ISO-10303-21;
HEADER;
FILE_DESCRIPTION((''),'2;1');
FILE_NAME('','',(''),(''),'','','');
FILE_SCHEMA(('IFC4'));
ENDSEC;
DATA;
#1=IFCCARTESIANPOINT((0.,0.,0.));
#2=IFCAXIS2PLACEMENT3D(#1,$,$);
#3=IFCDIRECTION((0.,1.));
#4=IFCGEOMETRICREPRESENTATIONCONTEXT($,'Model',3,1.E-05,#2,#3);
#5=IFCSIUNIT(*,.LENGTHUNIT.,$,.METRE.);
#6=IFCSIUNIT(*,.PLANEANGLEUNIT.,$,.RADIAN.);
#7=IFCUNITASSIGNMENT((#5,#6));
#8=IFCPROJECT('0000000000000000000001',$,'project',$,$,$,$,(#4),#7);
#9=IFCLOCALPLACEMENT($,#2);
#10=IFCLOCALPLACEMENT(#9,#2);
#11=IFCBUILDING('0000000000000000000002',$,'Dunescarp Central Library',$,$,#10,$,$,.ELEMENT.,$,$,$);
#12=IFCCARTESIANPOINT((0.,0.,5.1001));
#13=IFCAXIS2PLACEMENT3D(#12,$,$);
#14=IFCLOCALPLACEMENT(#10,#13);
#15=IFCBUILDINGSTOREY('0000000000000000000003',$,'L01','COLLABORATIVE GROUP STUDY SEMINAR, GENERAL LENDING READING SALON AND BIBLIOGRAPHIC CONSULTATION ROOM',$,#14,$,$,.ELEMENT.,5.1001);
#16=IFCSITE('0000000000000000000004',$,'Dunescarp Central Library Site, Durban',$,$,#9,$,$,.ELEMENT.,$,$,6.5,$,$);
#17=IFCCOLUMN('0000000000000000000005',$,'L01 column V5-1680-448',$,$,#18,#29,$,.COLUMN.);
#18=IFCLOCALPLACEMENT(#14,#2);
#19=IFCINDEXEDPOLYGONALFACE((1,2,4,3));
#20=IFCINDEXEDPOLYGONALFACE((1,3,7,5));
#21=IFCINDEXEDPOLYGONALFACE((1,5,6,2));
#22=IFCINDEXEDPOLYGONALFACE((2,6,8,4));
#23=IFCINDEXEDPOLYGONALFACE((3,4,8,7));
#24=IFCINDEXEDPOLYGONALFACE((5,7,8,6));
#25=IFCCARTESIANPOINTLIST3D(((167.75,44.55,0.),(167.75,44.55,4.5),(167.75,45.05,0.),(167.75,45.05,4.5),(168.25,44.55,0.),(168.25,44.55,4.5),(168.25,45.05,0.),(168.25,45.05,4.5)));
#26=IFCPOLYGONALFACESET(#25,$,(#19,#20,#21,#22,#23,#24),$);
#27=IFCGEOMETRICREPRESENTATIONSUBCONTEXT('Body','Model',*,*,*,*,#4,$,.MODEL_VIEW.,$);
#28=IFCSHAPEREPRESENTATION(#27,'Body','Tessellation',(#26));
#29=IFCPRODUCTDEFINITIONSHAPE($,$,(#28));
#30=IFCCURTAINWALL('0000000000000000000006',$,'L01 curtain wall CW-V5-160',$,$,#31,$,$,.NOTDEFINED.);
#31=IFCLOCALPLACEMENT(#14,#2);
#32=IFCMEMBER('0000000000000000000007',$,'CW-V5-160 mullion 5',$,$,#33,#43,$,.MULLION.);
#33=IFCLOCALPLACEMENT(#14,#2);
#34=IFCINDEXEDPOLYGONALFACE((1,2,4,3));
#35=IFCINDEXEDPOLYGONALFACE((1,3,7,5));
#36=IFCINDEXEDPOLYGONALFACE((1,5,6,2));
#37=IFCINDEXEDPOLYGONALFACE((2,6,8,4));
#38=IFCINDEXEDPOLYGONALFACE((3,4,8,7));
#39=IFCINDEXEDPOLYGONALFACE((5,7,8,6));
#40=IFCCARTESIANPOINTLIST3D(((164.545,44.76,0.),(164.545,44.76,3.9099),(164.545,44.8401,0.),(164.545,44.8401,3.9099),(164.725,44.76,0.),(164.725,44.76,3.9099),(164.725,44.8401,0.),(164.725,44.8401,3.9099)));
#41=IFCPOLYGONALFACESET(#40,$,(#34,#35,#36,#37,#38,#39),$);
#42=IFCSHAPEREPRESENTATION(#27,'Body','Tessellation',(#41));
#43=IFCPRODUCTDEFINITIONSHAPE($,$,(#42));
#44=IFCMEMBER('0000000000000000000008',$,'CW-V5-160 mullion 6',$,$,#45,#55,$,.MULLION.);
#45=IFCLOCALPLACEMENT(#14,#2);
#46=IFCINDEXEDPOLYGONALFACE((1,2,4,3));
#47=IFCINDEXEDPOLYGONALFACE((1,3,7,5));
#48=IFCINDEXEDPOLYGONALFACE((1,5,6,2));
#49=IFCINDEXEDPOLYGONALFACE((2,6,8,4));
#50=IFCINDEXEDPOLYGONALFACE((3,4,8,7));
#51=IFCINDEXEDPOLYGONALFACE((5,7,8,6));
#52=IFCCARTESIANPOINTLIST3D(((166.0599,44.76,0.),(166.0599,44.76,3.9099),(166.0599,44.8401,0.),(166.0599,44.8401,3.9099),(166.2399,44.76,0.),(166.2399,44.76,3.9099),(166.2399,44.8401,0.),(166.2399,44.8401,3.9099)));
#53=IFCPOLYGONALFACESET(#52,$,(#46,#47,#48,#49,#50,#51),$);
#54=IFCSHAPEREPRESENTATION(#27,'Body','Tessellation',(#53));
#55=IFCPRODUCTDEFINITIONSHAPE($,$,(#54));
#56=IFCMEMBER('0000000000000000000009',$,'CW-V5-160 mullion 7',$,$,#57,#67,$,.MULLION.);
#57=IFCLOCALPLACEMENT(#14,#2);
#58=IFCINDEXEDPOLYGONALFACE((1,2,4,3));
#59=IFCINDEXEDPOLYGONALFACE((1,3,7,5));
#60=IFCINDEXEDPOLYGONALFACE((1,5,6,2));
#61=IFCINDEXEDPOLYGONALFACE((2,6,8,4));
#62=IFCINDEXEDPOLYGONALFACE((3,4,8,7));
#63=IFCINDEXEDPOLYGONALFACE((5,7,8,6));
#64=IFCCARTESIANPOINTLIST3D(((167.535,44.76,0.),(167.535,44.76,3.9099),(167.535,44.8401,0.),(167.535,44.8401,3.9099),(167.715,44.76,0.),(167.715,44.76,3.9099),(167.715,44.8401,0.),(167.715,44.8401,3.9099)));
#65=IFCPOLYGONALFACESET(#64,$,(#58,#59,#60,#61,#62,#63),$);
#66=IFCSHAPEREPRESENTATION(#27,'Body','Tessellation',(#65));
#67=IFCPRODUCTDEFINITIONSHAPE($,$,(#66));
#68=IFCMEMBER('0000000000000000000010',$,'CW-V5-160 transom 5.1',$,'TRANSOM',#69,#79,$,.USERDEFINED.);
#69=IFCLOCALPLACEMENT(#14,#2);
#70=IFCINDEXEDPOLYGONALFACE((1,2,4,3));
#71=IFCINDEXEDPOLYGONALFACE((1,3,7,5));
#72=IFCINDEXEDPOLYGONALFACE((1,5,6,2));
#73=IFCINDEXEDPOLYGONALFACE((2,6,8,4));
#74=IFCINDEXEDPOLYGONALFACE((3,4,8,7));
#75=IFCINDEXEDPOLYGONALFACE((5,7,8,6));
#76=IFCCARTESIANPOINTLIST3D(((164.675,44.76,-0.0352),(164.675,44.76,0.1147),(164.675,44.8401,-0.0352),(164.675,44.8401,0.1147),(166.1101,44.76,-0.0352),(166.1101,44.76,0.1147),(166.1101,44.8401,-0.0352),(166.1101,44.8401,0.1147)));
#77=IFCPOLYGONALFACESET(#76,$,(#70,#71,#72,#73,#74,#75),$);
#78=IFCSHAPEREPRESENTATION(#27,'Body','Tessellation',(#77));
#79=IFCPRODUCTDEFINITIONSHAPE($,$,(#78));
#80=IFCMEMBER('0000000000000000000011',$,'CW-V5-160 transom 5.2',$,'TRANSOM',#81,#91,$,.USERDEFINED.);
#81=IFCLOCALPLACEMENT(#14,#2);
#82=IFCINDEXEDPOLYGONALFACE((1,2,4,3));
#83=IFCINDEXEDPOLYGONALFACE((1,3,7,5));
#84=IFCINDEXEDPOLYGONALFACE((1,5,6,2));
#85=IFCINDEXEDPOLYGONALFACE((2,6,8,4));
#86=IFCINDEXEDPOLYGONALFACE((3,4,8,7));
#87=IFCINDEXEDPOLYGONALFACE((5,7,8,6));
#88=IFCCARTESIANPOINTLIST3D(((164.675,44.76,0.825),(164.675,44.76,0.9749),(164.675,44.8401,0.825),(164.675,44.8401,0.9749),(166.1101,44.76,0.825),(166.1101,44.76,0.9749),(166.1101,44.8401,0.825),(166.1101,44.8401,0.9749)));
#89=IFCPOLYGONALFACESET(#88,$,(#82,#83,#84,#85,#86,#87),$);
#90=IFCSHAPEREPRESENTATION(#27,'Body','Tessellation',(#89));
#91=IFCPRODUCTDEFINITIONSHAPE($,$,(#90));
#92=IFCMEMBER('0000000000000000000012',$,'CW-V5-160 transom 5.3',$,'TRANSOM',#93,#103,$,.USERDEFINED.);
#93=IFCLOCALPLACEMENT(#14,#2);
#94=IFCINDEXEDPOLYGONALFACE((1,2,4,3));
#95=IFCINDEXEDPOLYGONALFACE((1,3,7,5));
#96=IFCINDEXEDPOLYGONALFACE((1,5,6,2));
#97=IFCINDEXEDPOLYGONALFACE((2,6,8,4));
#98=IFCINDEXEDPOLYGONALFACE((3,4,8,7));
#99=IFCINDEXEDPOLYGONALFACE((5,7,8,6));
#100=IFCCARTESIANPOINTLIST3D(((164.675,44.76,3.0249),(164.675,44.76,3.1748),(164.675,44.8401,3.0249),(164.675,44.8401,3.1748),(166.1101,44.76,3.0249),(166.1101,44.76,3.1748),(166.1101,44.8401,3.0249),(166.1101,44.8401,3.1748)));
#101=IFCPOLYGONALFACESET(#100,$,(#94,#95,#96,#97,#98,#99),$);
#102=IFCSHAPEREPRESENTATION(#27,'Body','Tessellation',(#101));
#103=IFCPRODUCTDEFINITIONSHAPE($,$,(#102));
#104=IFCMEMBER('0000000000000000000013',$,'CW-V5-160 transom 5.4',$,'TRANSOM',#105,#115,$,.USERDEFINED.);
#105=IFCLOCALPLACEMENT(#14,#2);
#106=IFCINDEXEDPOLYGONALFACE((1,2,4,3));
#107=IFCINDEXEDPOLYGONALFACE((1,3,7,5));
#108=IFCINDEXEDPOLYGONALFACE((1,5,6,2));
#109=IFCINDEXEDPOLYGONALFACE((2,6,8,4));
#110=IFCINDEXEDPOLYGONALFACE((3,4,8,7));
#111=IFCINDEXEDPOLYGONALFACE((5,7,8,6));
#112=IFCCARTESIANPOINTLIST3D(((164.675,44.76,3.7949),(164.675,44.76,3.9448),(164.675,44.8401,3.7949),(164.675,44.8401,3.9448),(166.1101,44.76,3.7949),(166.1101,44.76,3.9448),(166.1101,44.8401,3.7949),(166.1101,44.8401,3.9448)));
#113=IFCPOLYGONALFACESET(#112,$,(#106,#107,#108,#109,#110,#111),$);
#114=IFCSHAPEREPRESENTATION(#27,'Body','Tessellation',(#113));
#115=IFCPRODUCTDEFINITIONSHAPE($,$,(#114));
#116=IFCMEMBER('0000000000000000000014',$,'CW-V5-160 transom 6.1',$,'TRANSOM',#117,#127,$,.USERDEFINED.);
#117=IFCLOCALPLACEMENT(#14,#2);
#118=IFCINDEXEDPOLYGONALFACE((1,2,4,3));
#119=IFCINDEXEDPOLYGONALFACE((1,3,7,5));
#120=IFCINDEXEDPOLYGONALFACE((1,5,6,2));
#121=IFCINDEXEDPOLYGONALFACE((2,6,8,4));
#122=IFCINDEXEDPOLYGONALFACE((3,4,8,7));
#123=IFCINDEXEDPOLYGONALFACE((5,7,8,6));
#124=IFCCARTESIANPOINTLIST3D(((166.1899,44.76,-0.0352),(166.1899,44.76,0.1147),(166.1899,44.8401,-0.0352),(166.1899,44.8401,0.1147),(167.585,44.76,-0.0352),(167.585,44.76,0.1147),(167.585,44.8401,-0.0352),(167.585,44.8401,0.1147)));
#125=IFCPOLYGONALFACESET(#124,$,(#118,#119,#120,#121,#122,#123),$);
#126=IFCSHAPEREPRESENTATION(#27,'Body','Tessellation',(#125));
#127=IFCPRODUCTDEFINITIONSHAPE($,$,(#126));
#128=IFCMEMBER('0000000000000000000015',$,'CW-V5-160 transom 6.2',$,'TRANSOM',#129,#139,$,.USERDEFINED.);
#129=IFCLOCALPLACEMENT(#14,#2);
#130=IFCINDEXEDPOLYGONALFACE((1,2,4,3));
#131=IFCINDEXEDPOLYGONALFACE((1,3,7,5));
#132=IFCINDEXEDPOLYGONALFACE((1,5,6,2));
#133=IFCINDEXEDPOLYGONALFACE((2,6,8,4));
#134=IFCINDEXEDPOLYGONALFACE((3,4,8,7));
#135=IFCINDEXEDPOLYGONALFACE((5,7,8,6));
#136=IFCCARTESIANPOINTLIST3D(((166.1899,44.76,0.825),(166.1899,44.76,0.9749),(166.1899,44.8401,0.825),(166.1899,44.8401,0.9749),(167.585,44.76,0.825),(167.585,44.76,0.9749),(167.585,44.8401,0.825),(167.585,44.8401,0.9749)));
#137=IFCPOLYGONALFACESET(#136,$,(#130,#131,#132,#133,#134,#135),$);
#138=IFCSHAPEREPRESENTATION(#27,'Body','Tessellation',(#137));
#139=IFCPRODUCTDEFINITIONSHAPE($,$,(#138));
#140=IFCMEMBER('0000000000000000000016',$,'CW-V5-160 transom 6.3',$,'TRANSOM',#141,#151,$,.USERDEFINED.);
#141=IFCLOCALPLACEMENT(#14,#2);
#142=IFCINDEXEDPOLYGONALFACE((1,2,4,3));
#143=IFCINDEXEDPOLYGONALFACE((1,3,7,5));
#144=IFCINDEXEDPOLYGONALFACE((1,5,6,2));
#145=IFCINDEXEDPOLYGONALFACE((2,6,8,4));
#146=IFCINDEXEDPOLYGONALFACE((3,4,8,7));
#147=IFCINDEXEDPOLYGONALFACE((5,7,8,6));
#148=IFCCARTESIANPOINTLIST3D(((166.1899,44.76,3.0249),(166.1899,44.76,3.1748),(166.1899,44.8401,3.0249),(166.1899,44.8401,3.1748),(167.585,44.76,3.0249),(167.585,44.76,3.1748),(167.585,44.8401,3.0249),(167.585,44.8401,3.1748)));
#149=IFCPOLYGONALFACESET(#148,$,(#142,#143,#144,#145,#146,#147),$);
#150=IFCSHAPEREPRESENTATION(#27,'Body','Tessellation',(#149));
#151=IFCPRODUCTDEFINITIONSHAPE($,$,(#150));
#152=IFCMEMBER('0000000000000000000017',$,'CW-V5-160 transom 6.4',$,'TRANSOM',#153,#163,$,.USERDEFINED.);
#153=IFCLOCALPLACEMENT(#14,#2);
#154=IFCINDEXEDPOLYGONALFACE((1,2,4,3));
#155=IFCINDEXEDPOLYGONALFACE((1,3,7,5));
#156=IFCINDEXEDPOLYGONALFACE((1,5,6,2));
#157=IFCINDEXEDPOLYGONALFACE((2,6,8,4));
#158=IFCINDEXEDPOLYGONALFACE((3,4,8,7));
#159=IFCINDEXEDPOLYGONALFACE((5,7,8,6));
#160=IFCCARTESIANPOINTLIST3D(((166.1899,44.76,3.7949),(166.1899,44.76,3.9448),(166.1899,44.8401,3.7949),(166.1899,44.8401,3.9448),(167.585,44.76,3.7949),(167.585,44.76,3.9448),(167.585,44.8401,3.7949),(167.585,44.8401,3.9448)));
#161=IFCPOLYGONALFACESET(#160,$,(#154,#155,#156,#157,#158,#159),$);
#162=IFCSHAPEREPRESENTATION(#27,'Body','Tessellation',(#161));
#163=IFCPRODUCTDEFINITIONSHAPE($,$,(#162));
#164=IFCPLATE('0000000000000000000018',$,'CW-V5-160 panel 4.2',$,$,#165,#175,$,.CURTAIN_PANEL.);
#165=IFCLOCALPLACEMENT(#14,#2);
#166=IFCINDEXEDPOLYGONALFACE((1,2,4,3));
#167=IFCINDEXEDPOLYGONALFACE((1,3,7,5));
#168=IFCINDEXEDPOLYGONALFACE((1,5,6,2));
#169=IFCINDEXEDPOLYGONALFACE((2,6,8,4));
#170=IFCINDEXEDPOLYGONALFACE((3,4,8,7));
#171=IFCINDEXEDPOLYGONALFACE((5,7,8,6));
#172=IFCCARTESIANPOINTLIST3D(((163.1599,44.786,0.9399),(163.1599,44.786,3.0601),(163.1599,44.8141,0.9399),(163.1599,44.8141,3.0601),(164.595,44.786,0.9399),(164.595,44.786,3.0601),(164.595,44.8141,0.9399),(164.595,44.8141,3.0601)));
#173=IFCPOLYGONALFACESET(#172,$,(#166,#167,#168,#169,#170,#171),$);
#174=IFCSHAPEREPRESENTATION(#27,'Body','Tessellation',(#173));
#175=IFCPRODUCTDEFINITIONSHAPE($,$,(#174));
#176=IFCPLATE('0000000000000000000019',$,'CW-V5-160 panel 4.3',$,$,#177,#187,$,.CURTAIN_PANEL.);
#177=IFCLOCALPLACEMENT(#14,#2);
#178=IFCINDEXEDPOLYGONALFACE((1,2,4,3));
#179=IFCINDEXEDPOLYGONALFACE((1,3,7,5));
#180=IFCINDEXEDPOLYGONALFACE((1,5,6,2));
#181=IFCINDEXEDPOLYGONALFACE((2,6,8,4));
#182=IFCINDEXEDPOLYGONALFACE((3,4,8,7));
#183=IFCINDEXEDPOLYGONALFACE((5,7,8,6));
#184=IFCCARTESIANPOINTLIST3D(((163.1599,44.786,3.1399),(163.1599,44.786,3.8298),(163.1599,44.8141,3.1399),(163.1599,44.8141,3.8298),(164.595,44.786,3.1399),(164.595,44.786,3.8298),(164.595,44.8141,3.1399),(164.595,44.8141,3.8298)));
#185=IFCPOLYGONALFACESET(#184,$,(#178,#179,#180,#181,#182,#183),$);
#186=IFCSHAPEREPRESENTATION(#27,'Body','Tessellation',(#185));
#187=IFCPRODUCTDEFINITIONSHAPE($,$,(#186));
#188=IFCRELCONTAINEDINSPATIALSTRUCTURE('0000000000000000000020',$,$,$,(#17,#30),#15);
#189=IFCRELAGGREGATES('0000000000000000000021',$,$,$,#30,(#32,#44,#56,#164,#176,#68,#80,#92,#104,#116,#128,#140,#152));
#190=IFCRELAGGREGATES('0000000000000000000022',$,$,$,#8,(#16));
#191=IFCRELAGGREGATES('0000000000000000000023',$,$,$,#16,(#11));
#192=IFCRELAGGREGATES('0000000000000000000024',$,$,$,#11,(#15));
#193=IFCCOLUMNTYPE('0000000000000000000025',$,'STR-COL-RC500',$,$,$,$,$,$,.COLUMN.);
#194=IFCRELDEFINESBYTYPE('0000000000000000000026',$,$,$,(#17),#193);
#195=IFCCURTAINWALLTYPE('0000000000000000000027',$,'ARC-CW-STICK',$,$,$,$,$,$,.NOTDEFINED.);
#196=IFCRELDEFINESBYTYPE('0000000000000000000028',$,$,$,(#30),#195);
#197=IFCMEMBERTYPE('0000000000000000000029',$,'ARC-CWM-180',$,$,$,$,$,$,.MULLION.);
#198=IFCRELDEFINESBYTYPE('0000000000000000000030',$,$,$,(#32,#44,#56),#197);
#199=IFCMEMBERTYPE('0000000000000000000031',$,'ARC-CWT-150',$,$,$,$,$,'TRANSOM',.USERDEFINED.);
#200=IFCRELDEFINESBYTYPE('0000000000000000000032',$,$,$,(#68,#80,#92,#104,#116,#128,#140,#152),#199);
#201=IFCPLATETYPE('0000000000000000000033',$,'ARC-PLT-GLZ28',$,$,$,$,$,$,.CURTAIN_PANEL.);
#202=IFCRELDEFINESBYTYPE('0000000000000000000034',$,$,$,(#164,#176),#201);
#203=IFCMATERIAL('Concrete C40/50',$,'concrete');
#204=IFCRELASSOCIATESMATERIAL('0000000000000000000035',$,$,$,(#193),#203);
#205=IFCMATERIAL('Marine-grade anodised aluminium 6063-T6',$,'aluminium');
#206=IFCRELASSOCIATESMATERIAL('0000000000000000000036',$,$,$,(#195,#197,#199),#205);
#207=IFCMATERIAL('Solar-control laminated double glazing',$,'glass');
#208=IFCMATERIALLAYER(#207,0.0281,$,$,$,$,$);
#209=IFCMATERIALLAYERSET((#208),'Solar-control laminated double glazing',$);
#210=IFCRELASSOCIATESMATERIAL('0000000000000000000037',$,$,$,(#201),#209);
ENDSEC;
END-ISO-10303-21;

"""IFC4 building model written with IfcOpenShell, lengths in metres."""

from ifc_helpers import new_model, si_unit, direction, frame, origin, origin_2d, place, context, subcontext, project, spatial, rectangle, extrude, material, layer, layer_set, material_profile, profile_set, type_object, element, aggregate, save


model = new_model("IFC4")

# Units and contexts
model_context = context("Model", 3, precision=1e-05, world=origin(), true_north=direction((0.0, 1.0)))
body_context = subcontext(model_context, "Body", "Model", "MODEL_VIEW")
ifc_project = project(units=[si_unit("LENGTHUNIT", "METRE"), si_unit("PLANEANGLEUNIT", "RADIAN")], contexts=[model_context])

# Site, building, storey
site_placement = place(None, origin())
site = spatial("IfcSite", under=ifc_project, at=site_placement, Name="Dunescarp Central Library Site, Durban", CompositionType="ELEMENT", RefElevation=6.5)
building_placement = place(site_placement, origin())
building = spatial("IfcBuilding", under=site, at=building_placement, Name="Dunescarp Central Library", CompositionType="ELEMENT")
storey_placement = place(building_placement, frame((0.0, 0.0, 5.1001)))
storey = spatial("IfcBuildingStorey", under=building, at=storey_placement, Name="L01", Description="COLLABORATIVE GROUP STUDY SEMINAR, GENERAL LENDING READING SALON AND BIBLIOGRAPHIC CONSULTATION ROOM", CompositionType="ELEMENT", Elevation=5.1001)

# Column
ifc_material_1 = material(Name="Concrete C40/50", Category="concrete")
ifc_material_profile_1 = material_profile(ifc_material_1, rectangle(XDim=0.5, YDim=0.5, at=origin_2d()), Name="RC 500x500")
ifc_profile_set_1 = profile_set([ifc_material_profile_1], Name="Concrete C40/50")
column_type = type_object("IfcColumnType", Name="STR-COL-RC500", PredefinedType="COLUMN", material=ifc_profile_set_1)
column_placement = place(storey_placement, frame((168.0, 44.8, 0.0), z_axis=(0.0, 0.0, 1.0), x_axis=(1.0, 0.0, 0.0)))
element("IfcColumn", 1, at=column_placement, inside=storey, type_object=column_type, Name="L01 column V5-1680-448", PredefinedType="COLUMN", context=body_context, shape_type="SweptSolid", body=[
    extrude(rectangle(XDim=0.5, YDim=0.5, at=origin_2d()), origin(), (0.0, 0.0, 1.0), 4.5),
])

# Curtain wall, members, plates
ifc_material_2 = material(Name="Marine-grade anodised aluminium 6063-T6", Category="aluminium")
curtain_wall_type = type_object("IfcCurtainWallType", Name="ARC-CW-STICK", PredefinedType="NOTDEFINED", material=ifc_material_2)
curtain_wall_placement = place(storey_placement, origin())
curtain_wall = element("IfcCurtainWall", 2, at=curtain_wall_placement, inside=storey, type_object=curtain_wall_type, Name="L01 curtain wall CW-V5-160", PredefinedType="NOTDEFINED")
ifc_material_profile_2 = material_profile(ifc_material_2, rectangle(XDim=0.0801, YDim=0.1799, at=origin_2d()), Name="AL 80x180")
ifc_profile_set_2 = profile_set([ifc_material_profile_2], Name="Marine-grade anodised aluminium 6063-T6")
member_type_1 = type_object("IfcMemberType", Name="ARC-CWM-180", PredefinedType="MULLION", material=ifc_profile_set_2)
member_1_placement = place(storey_placement, frame((164.635, 44.8, 0.0), z_axis=(0.0, 0.0, 1.0), x_axis=(0.0, 1.0, 0.0)))
member_1 = element("IfcMember", 3, at=member_1_placement, type_object=member_type_1, Name="CW-V5-160 mullion 5", PredefinedType="MULLION", context=body_context, shape_type="SweptSolid", body=[
    extrude(rectangle(XDim=0.0801, YDim=0.1799, at=origin_2d()), origin(), (0.0, 0.0, 1.0), 3.9099),
])
member_2_placement = place(storey_placement, frame((166.1499, 44.8, 0.0), z_axis=(0.0, 0.0, 1.0), x_axis=(0.0, 1.0, 0.0)))
member_2 = element("IfcMember", 4, at=member_2_placement, type_object=member_type_1, Name="CW-V5-160 mullion 6", PredefinedType="MULLION", context=body_context, shape_type="SweptSolid", body=[
    extrude(rectangle(XDim=0.0801, YDim=0.1799, at=origin_2d()), origin(), (0.0, 0.0, 1.0), 3.9099),
])
member_3_placement = place(storey_placement, frame((167.625, 44.8, 0.0), z_axis=(0.0, 0.0, 1.0), x_axis=(0.0, 1.0, 0.0)))
member_3 = element("IfcMember", 5, at=member_3_placement, type_object=member_type_1, Name="CW-V5-160 mullion 7", PredefinedType="MULLION", context=body_context, shape_type="SweptSolid", body=[
    extrude(rectangle(XDim=0.0801, YDim=0.1799, at=origin_2d()), origin(), (0.0, 0.0, 1.0), 3.9099),
])
ifc_material_profile_3 = material_profile(ifc_material_2, rectangle(XDim=0.0801, YDim=0.1499, at=origin_2d()), Name="AL 80x150")
ifc_profile_set_3 = profile_set([ifc_material_profile_3], Name="Marine-grade anodised aluminium 6063-T6")
member_type_2 = type_object("IfcMemberType", Name="ARC-CWT-150", ElementType="TRANSOM", PredefinedType="USERDEFINED", material=ifc_profile_set_3)
member_4_placement = place(storey_placement, frame((164.675, 44.8, 0.0398), z_axis=(1.0, 0.0, 0.0), x_axis=(0.0, 1.0, 0.0)))
member_4 = element("IfcMember", 6, at=member_4_placement, type_object=member_type_2, Name="CW-V5-160 transom 5.1", ObjectType="TRANSOM", PredefinedType="USERDEFINED", context=body_context, shape_type="SweptSolid", body=[
    extrude(rectangle(XDim=0.0801, YDim=0.1499, at=origin_2d()), origin(), (0.0, 0.0, 1.0), 1.4351),
])
member_5_placement = place(storey_placement, frame((164.675, 44.8, 0.8999), z_axis=(1.0, 0.0, 0.0), x_axis=(0.0, 1.0, 0.0)))
member_5 = element("IfcMember", 7, at=member_5_placement, type_object=member_type_2, Name="CW-V5-160 transom 5.2", ObjectType="TRANSOM", PredefinedType="USERDEFINED", context=body_context, shape_type="SweptSolid", body=[
    extrude(rectangle(XDim=0.0801, YDim=0.1499, at=origin_2d()), origin(), (0.0, 0.0, 1.0), 1.4351),
])
member_6_placement = place(storey_placement, frame((164.675, 44.8, 3.0999), z_axis=(1.0, 0.0, 0.0), x_axis=(0.0, 1.0, 0.0)))
member_6 = element("IfcMember", 8, at=member_6_placement, type_object=member_type_2, Name="CW-V5-160 transom 5.3", ObjectType="TRANSOM", PredefinedType="USERDEFINED", context=body_context, shape_type="SweptSolid", body=[
    extrude(rectangle(XDim=0.0801, YDim=0.1499, at=origin_2d()), origin(), (0.0, 0.0, 1.0), 1.4351),
])
member_7_placement = place(storey_placement, frame((164.675, 44.8, 3.8699), z_axis=(1.0, 0.0, 0.0), x_axis=(0.0, 1.0, 0.0)))
member_7 = element("IfcMember", 9, at=member_7_placement, type_object=member_type_2, Name="CW-V5-160 transom 5.4", ObjectType="TRANSOM", PredefinedType="USERDEFINED", context=body_context, shape_type="SweptSolid", body=[
    extrude(rectangle(XDim=0.0801, YDim=0.1499, at=origin_2d()), origin(), (0.0, 0.0, 1.0), 1.4351),
])
member_8_placement = place(storey_placement, frame((166.1899, 44.8, 0.0398), z_axis=(1.0, 0.0, 0.0), x_axis=(0.0, 1.0, 0.0)))
member_8 = element("IfcMember", 10, at=member_8_placement, type_object=member_type_2, Name="CW-V5-160 transom 6.1", ObjectType="TRANSOM", PredefinedType="USERDEFINED", context=body_context, shape_type="SweptSolid", body=[
    extrude(rectangle(XDim=0.0801, YDim=0.1499, at=origin_2d()), origin(), (0.0, 0.0, 1.0), 1.395),
])
member_9_placement = place(storey_placement, frame((166.1899, 44.8, 0.8999), z_axis=(1.0, 0.0, 0.0), x_axis=(0.0, 1.0, 0.0)))
member_9 = element("IfcMember", 11, at=member_9_placement, type_object=member_type_2, Name="CW-V5-160 transom 6.2", ObjectType="TRANSOM", PredefinedType="USERDEFINED", context=body_context, shape_type="SweptSolid", body=[
    extrude(rectangle(XDim=0.0801, YDim=0.1499, at=origin_2d()), origin(), (0.0, 0.0, 1.0), 1.395),
])
member_10_placement = place(storey_placement, frame((166.1899, 44.8, 3.0999), z_axis=(1.0, 0.0, 0.0), x_axis=(0.0, 1.0, 0.0)))
member_10 = element("IfcMember", 12, at=member_10_placement, type_object=member_type_2, Name="CW-V5-160 transom 6.3", ObjectType="TRANSOM", PredefinedType="USERDEFINED", context=body_context, shape_type="SweptSolid", body=[
    extrude(rectangle(XDim=0.0801, YDim=0.1499, at=origin_2d()), origin(), (0.0, 0.0, 1.0), 1.395),
])
member_11_placement = place(storey_placement, frame((166.1899, 44.8, 3.8699), z_axis=(1.0, 0.0, 0.0), x_axis=(0.0, 1.0, 0.0)))
member_11 = element("IfcMember", 13, at=member_11_placement, type_object=member_type_2, Name="CW-V5-160 transom 6.4", ObjectType="TRANSOM", PredefinedType="USERDEFINED", context=body_context, shape_type="SweptSolid", body=[
    extrude(rectangle(XDim=0.0801, YDim=0.1499, at=origin_2d()), origin(), (0.0, 0.0, 1.0), 1.395),
])
ifc_material_3 = material(Name="Solar-control laminated double glazing", Category="glass")
ifc_layer_1 = layer(ifc_material_3, 0.0281)
ifc_layer_set_1 = layer_set([ifc_layer_1], Name="Solar-control laminated double glazing")
plate_type_1 = type_object("IfcPlateType", Name="ARC-PLT-GLZ28", PredefinedType="CURTAIN_PANEL", material=ifc_layer_set_1)
plate_1_placement = place(storey_placement, frame((163.8774, 44.8, 0.9399), z_axis=(0.0, 0.0, 1.0), x_axis=(1.0, 0.0, 0.0)))
plate_1 = element("IfcPlate", 14, at=plate_1_placement, type_object=plate_type_1, Name="CW-V5-160 panel 4.2", PredefinedType="CURTAIN_PANEL", context=body_context, shape_type="SweptSolid", body=[
    extrude(rectangle(XDim=1.4351, YDim=0.0281, at=origin_2d()), origin(), (0.0, 0.0, 1.0), 2.1201),
])
plate_2_placement = place(storey_placement, frame((163.8774, 44.8, 3.1399), z_axis=(0.0, 0.0, 1.0), x_axis=(1.0, 0.0, 0.0)))
plate_2 = element("IfcPlate", 15, at=plate_2_placement, type_object=plate_type_1, Name="CW-V5-160 panel 4.3", PredefinedType="CURTAIN_PANEL", context=body_context, shape_type="SweptSolid", body=[
    extrude(rectangle(XDim=1.4351, YDim=0.0281, at=origin_2d()), origin(), (0.0, 0.0, 1.0), 0.6899),
])
aggregate(curtain_wall, [member_1, member_2, member_3, plate_1, plate_2, member_4, member_5, member_6, member_7, member_8, member_9, member_10, member_11])

save(model, "model.ifc")
